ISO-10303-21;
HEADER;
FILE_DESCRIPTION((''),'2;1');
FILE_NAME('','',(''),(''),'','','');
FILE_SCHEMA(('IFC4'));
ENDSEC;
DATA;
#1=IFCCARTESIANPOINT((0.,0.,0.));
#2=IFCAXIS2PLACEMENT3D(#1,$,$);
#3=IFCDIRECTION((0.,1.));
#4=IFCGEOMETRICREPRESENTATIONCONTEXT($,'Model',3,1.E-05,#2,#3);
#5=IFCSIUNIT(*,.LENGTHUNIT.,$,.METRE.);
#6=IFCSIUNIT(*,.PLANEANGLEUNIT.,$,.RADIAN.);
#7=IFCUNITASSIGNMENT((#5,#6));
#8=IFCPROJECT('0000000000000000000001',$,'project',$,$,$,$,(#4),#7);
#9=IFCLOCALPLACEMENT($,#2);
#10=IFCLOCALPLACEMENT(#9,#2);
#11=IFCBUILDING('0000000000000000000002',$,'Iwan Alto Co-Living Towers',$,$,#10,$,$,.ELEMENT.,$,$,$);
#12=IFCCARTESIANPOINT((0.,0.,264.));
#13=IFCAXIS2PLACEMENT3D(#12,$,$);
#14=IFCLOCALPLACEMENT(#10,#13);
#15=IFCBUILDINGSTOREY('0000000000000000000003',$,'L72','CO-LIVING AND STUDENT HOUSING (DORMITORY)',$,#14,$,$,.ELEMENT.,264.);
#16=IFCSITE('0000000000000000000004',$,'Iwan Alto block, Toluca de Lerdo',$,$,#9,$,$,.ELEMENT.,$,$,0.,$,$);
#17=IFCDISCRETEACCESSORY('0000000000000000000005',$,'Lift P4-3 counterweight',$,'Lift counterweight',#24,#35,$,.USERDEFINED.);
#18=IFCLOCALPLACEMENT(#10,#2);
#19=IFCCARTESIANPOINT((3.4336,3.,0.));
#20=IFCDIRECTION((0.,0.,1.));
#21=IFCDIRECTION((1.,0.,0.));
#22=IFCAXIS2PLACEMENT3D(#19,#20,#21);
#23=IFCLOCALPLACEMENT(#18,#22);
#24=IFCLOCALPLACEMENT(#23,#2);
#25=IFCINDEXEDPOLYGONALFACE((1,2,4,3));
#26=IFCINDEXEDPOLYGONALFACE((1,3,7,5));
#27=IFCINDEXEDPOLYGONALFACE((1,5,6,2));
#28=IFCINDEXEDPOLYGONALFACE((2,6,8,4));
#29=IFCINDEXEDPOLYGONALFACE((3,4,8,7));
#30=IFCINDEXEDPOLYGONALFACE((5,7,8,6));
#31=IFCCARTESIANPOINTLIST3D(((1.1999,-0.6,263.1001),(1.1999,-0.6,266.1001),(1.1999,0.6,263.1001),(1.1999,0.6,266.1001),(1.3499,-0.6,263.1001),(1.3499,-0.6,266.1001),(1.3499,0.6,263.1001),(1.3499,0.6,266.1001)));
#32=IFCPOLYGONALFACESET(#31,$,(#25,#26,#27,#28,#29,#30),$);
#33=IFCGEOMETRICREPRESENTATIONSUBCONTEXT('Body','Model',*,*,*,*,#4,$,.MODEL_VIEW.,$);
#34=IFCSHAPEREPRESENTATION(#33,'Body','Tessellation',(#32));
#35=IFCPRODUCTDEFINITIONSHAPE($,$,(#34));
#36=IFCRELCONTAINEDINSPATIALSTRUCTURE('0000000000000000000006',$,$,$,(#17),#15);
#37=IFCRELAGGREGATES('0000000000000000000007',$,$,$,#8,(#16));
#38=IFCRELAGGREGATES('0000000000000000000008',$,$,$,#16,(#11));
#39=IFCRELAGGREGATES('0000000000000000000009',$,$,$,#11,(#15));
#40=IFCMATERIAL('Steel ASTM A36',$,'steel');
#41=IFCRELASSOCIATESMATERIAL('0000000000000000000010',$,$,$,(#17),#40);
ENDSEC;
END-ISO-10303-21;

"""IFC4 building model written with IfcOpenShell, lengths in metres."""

from ifc_helpers import new_model, si_unit, direction, frame, origin, origin_2d, place, context, subcontext, project, spatial, rectangle, extrude, material, element, save


model = new_model("IFC4")

# Units and contexts
model_context = context("Model", 3, precision=1e-05, world=origin(), true_north=direction((0.0, 1.0)))
body_context = subcontext(model_context, "Body", "Model", "MODEL_VIEW")
ifc_project = project(units=[si_unit("LENGTHUNIT", "METRE"), si_unit("PLANEANGLEUNIT", "RADIAN")], contexts=[model_context])

# Site, building, storey
site_placement = place(None, origin())
site = spatial("IfcSite", under=ifc_project, at=site_placement, Name="Iwan Alto block, Toluca de Lerdo", CompositionType="ELEMENT", RefElevation=0.0)
building_placement = place(site_placement, origin())
building = spatial("IfcBuilding", under=site, at=building_placement, Name="Iwan Alto Co-Living Towers", CompositionType="ELEMENT")
storey_placement = place(building_placement, frame((0.0, 0.0, 264.0)))
storey = spatial("IfcBuildingStorey", under=building, at=storey_placement, Name="L72", Description="CO-LIVING AND STUDENT HOUSING (DORMITORY)", CompositionType="ELEMENT", Elevation=264.0)

# Discrete accessory
ifc_material_1 = material(Name="Steel ASTM A36", Category="steel")
placement_1 = place(building_placement, origin())
placement_2 = place(placement_1, frame((3.4336, 3.0, 0.0), z_axis=(0.0, 0.0, 1.0), x_axis=(1.0, 0.0, 0.0)))
discrete_accessory_placement = place(placement_2, origin())
element("IfcDiscreteAccessory", 1, at=discrete_accessory_placement, inside=storey, material=ifc_material_1, Name="Lift P4-3 counterweight", ObjectType="Lift counterweight", PredefinedType="USERDEFINED", context=body_context, shape_type="SweptSolid", body=[
    extrude(rectangle(XDim=0.15, YDim=1.2, at=origin_2d()), frame((1.2749, 0.0, 263.1001)), (0.0, 0.0, 1.0), 3.0),
])

save(model, "model.ifc")
